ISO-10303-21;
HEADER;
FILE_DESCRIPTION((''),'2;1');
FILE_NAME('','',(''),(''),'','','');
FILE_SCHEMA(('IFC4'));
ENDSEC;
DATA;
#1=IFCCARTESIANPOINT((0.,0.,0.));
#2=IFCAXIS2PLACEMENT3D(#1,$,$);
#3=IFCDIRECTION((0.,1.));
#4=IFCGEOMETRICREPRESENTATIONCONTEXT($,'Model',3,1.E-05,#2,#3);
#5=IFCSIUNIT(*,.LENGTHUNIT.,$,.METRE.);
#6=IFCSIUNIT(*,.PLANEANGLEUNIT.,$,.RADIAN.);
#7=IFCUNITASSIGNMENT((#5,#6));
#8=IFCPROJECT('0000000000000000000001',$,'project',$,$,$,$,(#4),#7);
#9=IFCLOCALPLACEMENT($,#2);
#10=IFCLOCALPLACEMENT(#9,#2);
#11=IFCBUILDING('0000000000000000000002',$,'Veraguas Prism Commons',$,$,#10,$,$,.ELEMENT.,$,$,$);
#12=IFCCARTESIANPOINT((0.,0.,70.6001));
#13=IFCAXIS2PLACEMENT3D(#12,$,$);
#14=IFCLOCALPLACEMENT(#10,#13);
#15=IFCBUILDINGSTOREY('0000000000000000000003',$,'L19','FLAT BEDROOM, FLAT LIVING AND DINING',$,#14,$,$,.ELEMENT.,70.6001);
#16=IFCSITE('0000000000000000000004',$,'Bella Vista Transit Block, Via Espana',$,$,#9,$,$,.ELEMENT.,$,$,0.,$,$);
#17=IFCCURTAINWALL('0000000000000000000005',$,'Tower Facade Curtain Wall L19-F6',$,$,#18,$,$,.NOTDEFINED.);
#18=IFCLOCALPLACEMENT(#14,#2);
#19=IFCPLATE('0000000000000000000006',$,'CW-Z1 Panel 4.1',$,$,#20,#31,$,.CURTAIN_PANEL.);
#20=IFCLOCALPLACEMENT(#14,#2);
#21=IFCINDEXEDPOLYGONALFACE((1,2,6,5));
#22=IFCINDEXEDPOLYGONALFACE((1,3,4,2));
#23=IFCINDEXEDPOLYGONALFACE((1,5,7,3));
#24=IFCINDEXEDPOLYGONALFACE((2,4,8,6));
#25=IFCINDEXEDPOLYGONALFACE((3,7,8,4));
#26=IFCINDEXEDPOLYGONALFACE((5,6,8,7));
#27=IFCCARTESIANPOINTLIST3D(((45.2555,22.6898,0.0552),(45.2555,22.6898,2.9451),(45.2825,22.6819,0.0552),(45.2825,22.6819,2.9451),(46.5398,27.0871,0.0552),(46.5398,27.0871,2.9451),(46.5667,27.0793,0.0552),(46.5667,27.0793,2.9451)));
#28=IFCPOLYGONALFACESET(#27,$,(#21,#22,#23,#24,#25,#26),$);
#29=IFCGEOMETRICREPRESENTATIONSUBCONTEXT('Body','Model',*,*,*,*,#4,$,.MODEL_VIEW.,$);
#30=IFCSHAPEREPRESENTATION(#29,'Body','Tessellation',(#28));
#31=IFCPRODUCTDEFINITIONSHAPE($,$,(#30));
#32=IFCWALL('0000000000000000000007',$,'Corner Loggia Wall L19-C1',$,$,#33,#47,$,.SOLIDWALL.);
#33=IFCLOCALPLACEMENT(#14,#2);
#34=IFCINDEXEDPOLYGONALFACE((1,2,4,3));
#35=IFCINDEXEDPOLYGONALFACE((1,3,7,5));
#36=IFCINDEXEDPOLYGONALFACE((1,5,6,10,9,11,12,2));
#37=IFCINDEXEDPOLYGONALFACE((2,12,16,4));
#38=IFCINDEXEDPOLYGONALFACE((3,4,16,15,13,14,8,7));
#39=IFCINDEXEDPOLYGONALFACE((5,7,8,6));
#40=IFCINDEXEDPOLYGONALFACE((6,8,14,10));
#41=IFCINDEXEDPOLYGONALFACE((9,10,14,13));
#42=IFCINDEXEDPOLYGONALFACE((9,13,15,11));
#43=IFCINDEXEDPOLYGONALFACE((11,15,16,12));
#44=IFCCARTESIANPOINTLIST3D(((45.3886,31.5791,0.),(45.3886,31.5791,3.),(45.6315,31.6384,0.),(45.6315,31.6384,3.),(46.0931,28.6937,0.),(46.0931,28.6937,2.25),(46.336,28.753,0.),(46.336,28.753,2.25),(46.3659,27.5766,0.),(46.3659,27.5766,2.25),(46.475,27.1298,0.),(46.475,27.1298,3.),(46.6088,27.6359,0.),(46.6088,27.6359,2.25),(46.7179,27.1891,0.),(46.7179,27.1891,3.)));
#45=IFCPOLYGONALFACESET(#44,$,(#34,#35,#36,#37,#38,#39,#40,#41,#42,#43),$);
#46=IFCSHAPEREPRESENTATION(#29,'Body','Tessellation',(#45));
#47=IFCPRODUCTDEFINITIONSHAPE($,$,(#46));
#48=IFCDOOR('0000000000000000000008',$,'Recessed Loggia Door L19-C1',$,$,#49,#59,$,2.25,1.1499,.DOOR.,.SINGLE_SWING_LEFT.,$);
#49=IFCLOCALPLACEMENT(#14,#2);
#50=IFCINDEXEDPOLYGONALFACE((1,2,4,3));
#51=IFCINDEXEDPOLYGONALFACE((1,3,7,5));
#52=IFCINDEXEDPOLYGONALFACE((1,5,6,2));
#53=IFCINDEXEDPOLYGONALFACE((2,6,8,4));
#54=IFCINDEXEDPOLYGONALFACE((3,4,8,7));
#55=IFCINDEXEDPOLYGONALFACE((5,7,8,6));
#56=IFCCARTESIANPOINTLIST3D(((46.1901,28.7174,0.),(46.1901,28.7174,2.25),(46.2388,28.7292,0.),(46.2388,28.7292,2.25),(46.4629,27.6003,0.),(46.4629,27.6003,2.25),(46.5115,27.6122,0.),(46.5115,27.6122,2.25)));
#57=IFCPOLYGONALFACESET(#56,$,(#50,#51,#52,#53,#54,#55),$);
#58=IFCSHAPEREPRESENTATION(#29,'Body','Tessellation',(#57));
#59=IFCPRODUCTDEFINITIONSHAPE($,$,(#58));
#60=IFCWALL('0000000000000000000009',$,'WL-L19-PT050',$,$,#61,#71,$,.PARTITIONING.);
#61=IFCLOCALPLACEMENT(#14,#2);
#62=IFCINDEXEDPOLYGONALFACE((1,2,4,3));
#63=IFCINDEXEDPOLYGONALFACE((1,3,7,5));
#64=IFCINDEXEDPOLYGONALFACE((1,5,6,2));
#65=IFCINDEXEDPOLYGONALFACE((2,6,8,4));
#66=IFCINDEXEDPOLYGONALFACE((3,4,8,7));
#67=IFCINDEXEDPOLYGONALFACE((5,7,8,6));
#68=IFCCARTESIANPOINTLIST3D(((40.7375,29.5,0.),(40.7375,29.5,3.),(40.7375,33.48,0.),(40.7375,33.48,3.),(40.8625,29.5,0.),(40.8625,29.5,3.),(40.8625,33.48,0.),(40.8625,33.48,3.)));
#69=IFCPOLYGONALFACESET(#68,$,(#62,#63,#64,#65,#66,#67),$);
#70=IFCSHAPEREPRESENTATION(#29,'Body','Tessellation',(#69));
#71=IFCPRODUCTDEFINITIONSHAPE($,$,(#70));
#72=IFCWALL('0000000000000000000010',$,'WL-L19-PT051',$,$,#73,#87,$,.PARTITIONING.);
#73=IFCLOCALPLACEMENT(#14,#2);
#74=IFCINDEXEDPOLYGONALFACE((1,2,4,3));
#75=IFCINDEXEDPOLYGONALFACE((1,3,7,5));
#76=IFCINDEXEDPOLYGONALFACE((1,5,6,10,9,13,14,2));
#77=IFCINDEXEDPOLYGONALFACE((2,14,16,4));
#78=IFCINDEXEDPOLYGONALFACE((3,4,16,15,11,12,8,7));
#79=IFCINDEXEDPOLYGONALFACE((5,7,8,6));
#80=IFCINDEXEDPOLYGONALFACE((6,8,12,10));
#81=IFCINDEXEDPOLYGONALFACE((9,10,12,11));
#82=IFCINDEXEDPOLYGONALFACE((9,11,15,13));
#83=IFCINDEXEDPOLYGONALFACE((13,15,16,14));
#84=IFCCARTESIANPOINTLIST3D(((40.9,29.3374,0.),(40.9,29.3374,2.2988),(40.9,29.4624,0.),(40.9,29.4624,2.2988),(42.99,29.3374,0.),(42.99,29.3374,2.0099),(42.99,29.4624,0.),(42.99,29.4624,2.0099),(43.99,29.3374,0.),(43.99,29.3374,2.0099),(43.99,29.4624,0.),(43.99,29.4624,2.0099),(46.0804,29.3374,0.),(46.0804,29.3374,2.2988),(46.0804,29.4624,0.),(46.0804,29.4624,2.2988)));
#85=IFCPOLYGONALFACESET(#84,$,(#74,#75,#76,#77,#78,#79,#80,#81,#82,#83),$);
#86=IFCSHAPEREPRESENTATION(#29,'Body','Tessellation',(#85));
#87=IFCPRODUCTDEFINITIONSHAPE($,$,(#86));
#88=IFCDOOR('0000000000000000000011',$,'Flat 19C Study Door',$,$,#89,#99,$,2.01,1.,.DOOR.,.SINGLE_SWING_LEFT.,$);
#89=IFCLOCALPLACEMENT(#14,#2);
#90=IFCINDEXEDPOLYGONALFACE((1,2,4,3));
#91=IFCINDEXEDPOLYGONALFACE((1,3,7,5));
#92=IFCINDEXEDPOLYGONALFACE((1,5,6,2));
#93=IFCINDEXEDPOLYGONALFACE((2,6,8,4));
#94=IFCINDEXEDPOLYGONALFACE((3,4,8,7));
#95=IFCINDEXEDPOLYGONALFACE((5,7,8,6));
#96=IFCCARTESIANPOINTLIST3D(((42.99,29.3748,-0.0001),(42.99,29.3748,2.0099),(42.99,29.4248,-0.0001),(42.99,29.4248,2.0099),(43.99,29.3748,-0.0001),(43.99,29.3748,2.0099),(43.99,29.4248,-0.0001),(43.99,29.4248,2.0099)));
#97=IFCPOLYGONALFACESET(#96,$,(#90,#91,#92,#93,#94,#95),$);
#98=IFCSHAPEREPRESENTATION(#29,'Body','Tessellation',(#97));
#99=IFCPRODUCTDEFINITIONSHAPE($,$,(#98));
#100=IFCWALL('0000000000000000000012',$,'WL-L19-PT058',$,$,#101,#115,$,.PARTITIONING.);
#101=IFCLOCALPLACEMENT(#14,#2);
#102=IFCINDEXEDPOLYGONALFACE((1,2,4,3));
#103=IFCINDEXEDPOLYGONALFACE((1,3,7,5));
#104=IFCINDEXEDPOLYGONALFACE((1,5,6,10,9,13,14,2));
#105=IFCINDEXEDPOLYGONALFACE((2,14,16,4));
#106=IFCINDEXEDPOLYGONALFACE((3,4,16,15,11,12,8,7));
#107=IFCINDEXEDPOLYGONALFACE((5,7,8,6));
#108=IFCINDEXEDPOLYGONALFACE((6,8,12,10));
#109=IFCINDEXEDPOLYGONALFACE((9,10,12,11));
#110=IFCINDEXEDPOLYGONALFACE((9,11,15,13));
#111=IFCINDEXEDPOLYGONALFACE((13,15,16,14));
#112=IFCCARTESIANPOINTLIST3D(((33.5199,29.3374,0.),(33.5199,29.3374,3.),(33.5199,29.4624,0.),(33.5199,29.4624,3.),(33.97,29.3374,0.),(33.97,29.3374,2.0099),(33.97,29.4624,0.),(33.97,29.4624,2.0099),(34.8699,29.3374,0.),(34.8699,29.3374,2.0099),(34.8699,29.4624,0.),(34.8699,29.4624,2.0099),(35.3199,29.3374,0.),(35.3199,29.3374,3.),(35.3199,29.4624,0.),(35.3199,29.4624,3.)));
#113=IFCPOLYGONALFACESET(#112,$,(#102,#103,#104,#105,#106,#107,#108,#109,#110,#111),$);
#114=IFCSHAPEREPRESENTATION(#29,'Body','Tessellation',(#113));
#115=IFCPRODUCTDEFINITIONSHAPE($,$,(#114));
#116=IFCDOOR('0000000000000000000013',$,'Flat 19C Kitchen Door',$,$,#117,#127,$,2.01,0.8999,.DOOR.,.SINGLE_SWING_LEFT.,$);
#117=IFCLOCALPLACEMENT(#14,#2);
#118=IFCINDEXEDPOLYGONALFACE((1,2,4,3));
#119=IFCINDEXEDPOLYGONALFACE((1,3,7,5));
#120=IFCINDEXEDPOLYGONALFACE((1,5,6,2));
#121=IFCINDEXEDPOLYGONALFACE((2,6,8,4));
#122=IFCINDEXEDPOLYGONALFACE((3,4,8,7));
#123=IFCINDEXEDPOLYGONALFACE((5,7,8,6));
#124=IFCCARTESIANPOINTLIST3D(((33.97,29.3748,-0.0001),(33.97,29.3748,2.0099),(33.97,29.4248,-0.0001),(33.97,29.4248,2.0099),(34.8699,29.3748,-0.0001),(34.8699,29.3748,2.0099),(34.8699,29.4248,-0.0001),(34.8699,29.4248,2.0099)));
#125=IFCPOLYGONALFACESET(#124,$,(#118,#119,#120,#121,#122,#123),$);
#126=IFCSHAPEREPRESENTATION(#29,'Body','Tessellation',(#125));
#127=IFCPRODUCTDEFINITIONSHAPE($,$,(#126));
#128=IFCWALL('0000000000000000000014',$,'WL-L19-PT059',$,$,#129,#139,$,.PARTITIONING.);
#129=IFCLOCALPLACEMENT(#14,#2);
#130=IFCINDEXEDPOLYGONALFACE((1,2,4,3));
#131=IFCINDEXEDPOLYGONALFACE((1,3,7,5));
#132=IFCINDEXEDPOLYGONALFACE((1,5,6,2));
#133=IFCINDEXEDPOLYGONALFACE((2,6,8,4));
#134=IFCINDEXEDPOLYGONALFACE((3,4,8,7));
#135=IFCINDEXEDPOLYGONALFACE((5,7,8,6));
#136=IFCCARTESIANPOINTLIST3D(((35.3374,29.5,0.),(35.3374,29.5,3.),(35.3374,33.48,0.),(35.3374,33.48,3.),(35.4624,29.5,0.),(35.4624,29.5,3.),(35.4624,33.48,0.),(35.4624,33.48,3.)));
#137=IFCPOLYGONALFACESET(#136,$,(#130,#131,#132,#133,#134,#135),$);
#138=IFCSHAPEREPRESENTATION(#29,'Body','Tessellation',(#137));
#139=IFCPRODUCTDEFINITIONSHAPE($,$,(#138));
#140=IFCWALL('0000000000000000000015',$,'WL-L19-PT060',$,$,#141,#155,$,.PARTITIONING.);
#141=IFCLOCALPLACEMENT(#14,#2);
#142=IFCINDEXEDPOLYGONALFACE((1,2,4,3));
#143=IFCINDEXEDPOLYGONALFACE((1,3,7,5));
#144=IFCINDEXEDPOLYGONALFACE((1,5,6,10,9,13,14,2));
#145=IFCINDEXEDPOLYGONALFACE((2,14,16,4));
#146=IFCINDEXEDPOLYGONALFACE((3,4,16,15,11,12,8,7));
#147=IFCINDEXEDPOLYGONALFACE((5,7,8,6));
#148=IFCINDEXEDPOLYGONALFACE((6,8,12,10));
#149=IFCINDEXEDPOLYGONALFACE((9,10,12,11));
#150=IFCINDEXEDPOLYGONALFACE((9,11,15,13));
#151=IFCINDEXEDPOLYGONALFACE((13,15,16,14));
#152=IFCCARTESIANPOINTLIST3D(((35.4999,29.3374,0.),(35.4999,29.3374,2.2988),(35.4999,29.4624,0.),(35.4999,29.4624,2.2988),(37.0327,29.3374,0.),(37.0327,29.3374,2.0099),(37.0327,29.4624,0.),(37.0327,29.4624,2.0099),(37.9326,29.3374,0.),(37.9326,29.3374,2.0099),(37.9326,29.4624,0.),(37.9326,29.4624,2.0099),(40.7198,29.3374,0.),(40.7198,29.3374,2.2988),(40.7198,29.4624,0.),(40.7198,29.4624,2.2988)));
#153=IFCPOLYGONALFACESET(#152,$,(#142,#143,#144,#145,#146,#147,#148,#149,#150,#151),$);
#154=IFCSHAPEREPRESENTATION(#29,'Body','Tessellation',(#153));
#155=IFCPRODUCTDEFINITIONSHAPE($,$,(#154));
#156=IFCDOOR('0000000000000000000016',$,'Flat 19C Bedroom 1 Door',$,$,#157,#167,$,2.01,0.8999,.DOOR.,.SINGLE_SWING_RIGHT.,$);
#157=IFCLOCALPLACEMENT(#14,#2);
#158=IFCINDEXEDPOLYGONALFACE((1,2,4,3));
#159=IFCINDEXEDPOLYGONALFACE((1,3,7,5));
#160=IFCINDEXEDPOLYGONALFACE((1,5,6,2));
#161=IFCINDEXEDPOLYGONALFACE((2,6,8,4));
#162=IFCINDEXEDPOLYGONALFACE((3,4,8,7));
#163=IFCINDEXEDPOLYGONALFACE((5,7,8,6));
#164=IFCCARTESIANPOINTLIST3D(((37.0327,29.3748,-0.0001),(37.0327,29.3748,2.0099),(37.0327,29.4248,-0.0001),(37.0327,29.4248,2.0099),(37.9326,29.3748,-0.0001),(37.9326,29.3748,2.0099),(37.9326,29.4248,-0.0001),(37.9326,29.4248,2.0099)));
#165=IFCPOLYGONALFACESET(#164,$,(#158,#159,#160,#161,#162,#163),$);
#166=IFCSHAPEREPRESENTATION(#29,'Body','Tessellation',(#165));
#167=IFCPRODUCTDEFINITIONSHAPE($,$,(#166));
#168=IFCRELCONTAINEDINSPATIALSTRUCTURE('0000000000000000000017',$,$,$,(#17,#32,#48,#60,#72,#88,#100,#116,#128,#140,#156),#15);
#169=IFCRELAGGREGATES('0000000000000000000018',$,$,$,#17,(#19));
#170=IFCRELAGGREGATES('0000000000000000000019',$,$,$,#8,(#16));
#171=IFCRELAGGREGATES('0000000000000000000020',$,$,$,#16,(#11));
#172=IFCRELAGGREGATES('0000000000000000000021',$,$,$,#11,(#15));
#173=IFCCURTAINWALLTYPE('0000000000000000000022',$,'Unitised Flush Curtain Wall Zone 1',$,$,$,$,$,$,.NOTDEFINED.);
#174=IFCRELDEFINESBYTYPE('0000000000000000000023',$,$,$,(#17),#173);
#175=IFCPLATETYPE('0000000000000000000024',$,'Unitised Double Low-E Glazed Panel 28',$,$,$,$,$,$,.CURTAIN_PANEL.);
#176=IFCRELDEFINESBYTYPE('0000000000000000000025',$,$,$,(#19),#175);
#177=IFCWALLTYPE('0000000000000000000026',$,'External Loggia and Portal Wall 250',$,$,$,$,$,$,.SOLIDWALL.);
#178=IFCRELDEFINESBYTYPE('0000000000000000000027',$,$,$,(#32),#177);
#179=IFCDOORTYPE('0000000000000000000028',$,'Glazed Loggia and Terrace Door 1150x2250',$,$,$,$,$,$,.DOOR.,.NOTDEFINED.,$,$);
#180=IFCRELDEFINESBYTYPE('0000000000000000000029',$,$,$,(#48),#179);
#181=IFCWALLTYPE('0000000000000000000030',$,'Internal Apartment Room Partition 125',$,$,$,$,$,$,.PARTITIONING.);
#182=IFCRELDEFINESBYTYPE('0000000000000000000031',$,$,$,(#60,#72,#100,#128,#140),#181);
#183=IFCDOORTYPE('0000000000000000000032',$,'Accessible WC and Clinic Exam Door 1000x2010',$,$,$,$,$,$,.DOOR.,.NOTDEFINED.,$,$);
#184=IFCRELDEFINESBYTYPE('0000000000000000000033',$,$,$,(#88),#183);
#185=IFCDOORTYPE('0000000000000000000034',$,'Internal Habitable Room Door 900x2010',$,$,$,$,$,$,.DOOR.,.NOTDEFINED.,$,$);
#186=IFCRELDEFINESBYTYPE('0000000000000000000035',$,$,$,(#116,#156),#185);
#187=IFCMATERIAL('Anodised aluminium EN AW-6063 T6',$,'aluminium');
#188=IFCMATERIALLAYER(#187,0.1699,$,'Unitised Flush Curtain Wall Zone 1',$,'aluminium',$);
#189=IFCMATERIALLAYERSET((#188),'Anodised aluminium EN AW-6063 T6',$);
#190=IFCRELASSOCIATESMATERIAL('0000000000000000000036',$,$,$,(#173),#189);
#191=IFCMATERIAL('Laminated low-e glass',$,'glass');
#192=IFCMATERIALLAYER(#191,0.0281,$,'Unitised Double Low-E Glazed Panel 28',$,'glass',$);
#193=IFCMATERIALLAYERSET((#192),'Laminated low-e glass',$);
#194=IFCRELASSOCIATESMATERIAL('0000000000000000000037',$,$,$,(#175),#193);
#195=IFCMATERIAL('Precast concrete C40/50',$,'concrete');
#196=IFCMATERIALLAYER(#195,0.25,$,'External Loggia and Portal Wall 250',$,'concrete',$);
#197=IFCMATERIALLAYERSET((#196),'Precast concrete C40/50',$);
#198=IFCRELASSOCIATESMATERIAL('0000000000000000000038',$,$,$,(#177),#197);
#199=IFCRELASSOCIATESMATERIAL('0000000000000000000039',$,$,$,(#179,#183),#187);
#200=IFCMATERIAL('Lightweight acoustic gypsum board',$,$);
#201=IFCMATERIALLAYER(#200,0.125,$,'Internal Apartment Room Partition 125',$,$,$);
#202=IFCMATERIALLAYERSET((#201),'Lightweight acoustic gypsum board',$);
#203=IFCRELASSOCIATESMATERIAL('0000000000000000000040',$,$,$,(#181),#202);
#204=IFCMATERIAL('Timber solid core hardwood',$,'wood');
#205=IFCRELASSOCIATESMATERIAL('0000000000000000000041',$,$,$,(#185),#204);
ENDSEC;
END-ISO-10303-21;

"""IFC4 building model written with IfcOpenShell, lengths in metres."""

from ifc_helpers import new_model, si_unit, direction, frame, frame_2d, origin, origin_2d, place, context, subcontext, project, spatial, rectangle, extrude, source, transform, mapped, material, layer, layer_set, type_object, element, fill, aggregate, save


model = new_model("IFC4")

# Units and contexts
model_context = context("Model", 3, precision=1e-05, world=origin(), true_north=direction((0.0, 1.0)))
body_context = subcontext(model_context, "Body", "Model", "MODEL_VIEW")
ifc_project = project(units=[si_unit("LENGTHUNIT", "METRE"), si_unit("PLANEANGLEUNIT", "RADIAN")], contexts=[model_context])

# Site, building, storey
site_placement = place(None, origin())
site = spatial("IfcSite", under=ifc_project, at=site_placement, Name="Bella Vista Transit Block, Via Espana", CompositionType="ELEMENT", RefElevation=0.0)
building_placement = place(site_placement, origin())
building = spatial("IfcBuilding", under=site, at=building_placement, Name="Veraguas Prism Commons", CompositionType="ELEMENT")
storey_placement = place(building_placement, frame((0.0, 0.0, 70.6001)))
storey = spatial("IfcBuildingStorey", under=building, at=storey_placement, Name="L19", Description="FLAT BEDROOM, FLAT LIVING AND DINING", CompositionType="ELEMENT", Elevation=70.6001)

# Shared definitions
ifc_material_1 = material(Name="Anodised aluminium EN AW-6063 T6", Category="aluminium")
ifc_layer_1 = layer(ifc_material_1, 0.1699, Name="Unitised Flush Curtain Wall Zone 1", Category="aluminium")
ifc_layer_set_1 = layer_set([ifc_layer_1], Name="Anodised aluminium EN AW-6063 T6")
curtain_wall_type = type_object("IfcCurtainWallType", Name="Unitised Flush Curtain Wall Zone 1", PredefinedType="NOTDEFINED", material=ifc_layer_set_1)

# Curtain wall, plate
curtain_wall_1_placement = place(storey_placement, origin())
curtain_wall_1 = element("IfcCurtainWall", 1, at=curtain_wall_1_placement, inside=storey, type_object=curtain_wall_type, Name="Tower Facade Curtain Wall L19-F6", PredefinedType="NOTDEFINED")
ifc_material_2 = material(Name="Laminated low-e glass", Category="glass")
ifc_layer_2 = layer(ifc_material_2, 0.0281, Name="Unitised Double Low-E Glazed Panel 28", Category="glass")
ifc_layer_set_2 = layer_set([ifc_layer_2], Name="Laminated low-e glass")
plate_type = type_object("IfcPlateType", Name="Unitised Double Low-E Glazed Panel 28", PredefinedType="CURTAIN_PANEL", material=ifc_layer_set_2)
shared_shape_1 = source(origin(), body_context, "Body", "SweptSolid", [
    extrude(rectangle(XDim=4.5811, YDim=0.0281, at=origin_2d()), origin(), (0.0, 0.0, 1.0), 2.8899),
])
plate_placement = place(storey_placement, frame((45.9111, 24.8845, 0.0552), z_axis=(0.0, 0.0, 1.0), x_axis=(0.280333, 0.959903, 0.0)))
plate = element("IfcPlate", 2, at=plate_placement, type_object=plate_type, Name="CW-Z1 Panel 4.1", PredefinedType="CURTAIN_PANEL", context=body_context, shape_type="MappedRepresentation", body=[
    mapped(shared_shape_1, transform((0.0, 0.0, 0.0), scale=1.0)),
])
aggregate(curtain_wall_1, [plate])

# Wall, opening, door
ifc_material_3 = material(Name="Precast concrete C40/50", Category="concrete")
ifc_layer_3 = layer(ifc_material_3, 0.25, Name="External Loggia and Portal Wall 250", Category="concrete")
ifc_layer_set_3 = layer_set([ifc_layer_3], Name="Precast concrete C40/50")
wall_type_1 = type_object("IfcWallType", Name="External Loggia and Portal Wall 250", PredefinedType="SOLIDWALL", material=ifc_layer_set_3)
wall_1_placement = place(storey_placement, frame((46.5964, 27.1594, 0.0), z_axis=(0.0, 0.0, 1.0), x_axis=(-0.237202, 0.97146, 0.0)))
wall_1 = element("IfcWall", 3, at=wall_1_placement, inside=storey, type_object=wall_type_1, Name="Corner Loggia Wall L19-C1", PredefinedType="SOLIDWALL", context=body_context, shape_type="SweptSolid", body=[
    extrude(rectangle(XDim=4.5801, YDim=0.25, at=frame_2d((2.29, 0.0))), origin(), (0.0, 0.0, 1.0), 3.0),
])
opening_1_placement = place(wall_1_placement, frame((0.46, 0.0, 0.0)))
opening_1 = element("IfcOpeningElement", 4, at=opening_1_placement, cuts=wall_1, PredefinedType="OPENING", context=body_context, shape_type="SweptSolid", body=[
    extrude(rectangle(XDim=1.1499, YDim=2.25, at=frame_2d((0.575, 1.125))), frame((0.0, 0.135, 0.0), z_axis=(0.0, -1.0, 0.0), x_axis=(1.0, 0.0, 0.0)), (0.0, 0.0, 1.0), 0.27),
])
door_type_1 = type_object("IfcDoorType", Name="Glazed Loggia and Terrace Door 1150x2250", OperationType="NOTDEFINED", PredefinedType="DOOR", material=ifc_material_1)
shared_shape_2 = source(origin(), body_context, "Body", "SweptSolid", [
    extrude(rectangle(XDim=1.1499, YDim=2.25, at=frame_2d((0.575, 1.125))), frame((0.0, 0.0249, 0.0), z_axis=(0.0, -1.0, 0.0), x_axis=(1.0, 0.0, 0.0)), (0.0, 0.0, 1.0), 0.05),
])
door_1_placement = place(opening_1_placement, frame((1.1499, 0.0, 0.0), z_axis=(0.0, 0.0, 1.0), x_axis=(-1.0, 0.0, 0.0)))
door_1 = element("IfcDoor", 5, at=door_1_placement, inside=storey, type_object=door_type_1, Name="Recessed Loggia Door L19-C1", OperationType="SINGLE_SWING_LEFT", OverallHeight=2.25, OverallWidth=1.1499, PredefinedType="DOOR", context=body_context, shape_type="MappedRepresentation", body=[
    mapped(shared_shape_2, transform((0.0, 0.0, 0.0), scale=1.0)),
])
fill(opening_1, door_1)

# Wall
ifc_material_4 = material(Name="Lightweight acoustic gypsum board")
ifc_layer_4 = layer(ifc_material_4, 0.125, Name="Internal Apartment Room Partition 125")
ifc_layer_set_4 = layer_set([ifc_layer_4], Name="Lightweight acoustic gypsum board")
wall_type_2 = type_object("IfcWallType", Name="Internal Apartment Room Partition 125", PredefinedType="PARTITIONING", material=ifc_layer_set_4)
wall_2_placement = place(storey_placement, frame((40.8, 29.5, 0.0), z_axis=(0.0, 0.0, 1.0), x_axis=(0.0, 1.0, 0.0)))
element("IfcWall", 6, at=wall_2_placement, inside=storey, type_object=wall_type_2, Name="WL-L19-PT050", PredefinedType="PARTITIONING", context=body_context, shape_type="SweptSolid", body=[
    extrude(rectangle(XDim=3.98, YDim=0.125, at=frame_2d((1.99, 0.0))), origin(), (0.0, 0.0, 1.0), 3.0),
])

# Walls, openings, doors
wall_3_placement = place(storey_placement, frame((40.8999, 29.3999, 0.0), z_axis=(0.0, 0.0, 1.0), x_axis=(1.0, 0.0, 0.0)))
wall_3 = element("IfcWall", 7, at=wall_3_placement, inside=storey, type_object=wall_type_2, Name="WL-L19-PT051", PredefinedType="PARTITIONING", context=body_context, shape_type="SweptSolid", body=[
    extrude(rectangle(XDim=5.1804, YDim=0.125, at=frame_2d((2.5903, 0.0))), origin(), (0.0, 0.0, 1.0), 2.2988),
])
opening_2_placement = place(wall_3_placement, frame((2.0901, 0.0, 0.0)))
opening_2 = element("IfcOpeningElement", 8, at=opening_2_placement, cuts=wall_3, PredefinedType="OPENING", context=body_context, shape_type="SweptSolid", body=[
    extrude(rectangle(XDim=1.0, YDim=2.01, at=frame_2d((0.5, 1.0049))), frame((0.0, 0.0725, 0.0), z_axis=(0.0, -1.0, 0.0), x_axis=(1.0, 0.0, 0.0)), (0.0, 0.0, 1.0), 0.145),
])
door_type_2 = type_object("IfcDoorType", Name="Accessible WC and Clinic Exam Door 1000x2010", OperationType="NOTDEFINED", PredefinedType="DOOR", material=ifc_material_1)
shared_shape_3 = source(origin(), body_context, "Body", "SweptSolid", [
    extrude(rectangle(XDim=1.0, YDim=2.01, at=frame_2d((0.5, 1.0049))), frame((0.0, 0.0249, 0.0), z_axis=(0.0, -1.0, 0.0), x_axis=(1.0, 0.0, 0.0)), (0.0, 0.0, 1.0), 0.05),
])
door_2_placement = place(opening_2_placement, origin())
door_2 = element("IfcDoor", 9, at=door_2_placement, inside=storey, type_object=door_type_2, Name="Flat 19C Study Door", OperationType="SINGLE_SWING_LEFT", OverallHeight=2.01, OverallWidth=1.0, PredefinedType="DOOR", context=body_context, shape_type="MappedRepresentation", body=[
    mapped(shared_shape_3, transform((0.0, 0.0, 0.0), scale=1.0)),
])
fill(opening_2, door_2)
wall_4_placement = place(storey_placement, frame((33.52, 29.3999, 0.0), z_axis=(0.0, 0.0, 1.0), x_axis=(1.0, 0.0, 0.0)))
wall_4 = element("IfcWall", 10, at=wall_4_placement, inside=storey, type_object=wall_type_2, Name="WL-L19-PT058", PredefinedType="PARTITIONING", context=body_context, shape_type="SweptSolid", body=[
    extrude(rectangle(XDim=1.8, YDim=0.125, at=frame_2d((0.8999, 0.0))), origin(), (0.0, 0.0, 1.0), 3.0),
])
opening_3_placement = place(wall_4_placement, frame((0.45, 0.0, 0.0)))
opening_3 = element("IfcOpeningElement", 11, at=opening_3_placement, cuts=wall_4, PredefinedType="OPENING", context=body_context, shape_type="SweptSolid", body=[
    extrude(rectangle(XDim=0.8999, YDim=2.01, at=frame_2d((0.45, 1.0049))), frame((0.0, 0.0725, 0.0), z_axis=(0.0, -1.0, 0.0), x_axis=(1.0, 0.0, 0.0)), (0.0, 0.0, 1.0), 0.145),
])
ifc_material_5 = material(Name="Timber solid core hardwood", Category="wood")
door_type_3 = type_object("IfcDoorType", Name="Internal Habitable Room Door 900x2010", OperationType="NOTDEFINED", PredefinedType="DOOR", material=ifc_material_5)
shared_shape_4 = source(origin(), body_context, "Body", "SweptSolid", [
    extrude(rectangle(XDim=0.8999, YDim=2.01, at=frame_2d((0.45, 1.0049))), frame((0.0, 0.0249, 0.0), z_axis=(0.0, -1.0, 0.0), x_axis=(1.0, 0.0, 0.0)), (0.0, 0.0, 1.0), 0.05),
])
door_3_placement = place(opening_3_placement, origin())
door_3 = element("IfcDoor", 12, at=door_3_placement, inside=storey, type_object=door_type_3, Name="Flat 19C Kitchen Door", OperationType="SINGLE_SWING_LEFT", OverallHeight=2.01, OverallWidth=0.8999, PredefinedType="DOOR", context=body_context, shape_type="MappedRepresentation", body=[
    mapped(shared_shape_4, transform((0.0, 0.0, 0.0), scale=1.0)),
])
fill(opening_3, door_3)

# Wall
wall_5_placement = place(storey_placement, frame((35.3999, 29.5, 0.0), z_axis=(0.0, 0.0, 1.0), x_axis=(0.0, 1.0, 0.0)))
element("IfcWall", 13, at=wall_5_placement, inside=storey, type_object=wall_type_2, Name="WL-L19-PT059", PredefinedType="PARTITIONING", context=body_context, shape_type="SweptSolid", body=[
    extrude(rectangle(XDim=3.98, YDim=0.125, at=frame_2d((1.99, 0.0))), origin(), (0.0, 0.0, 1.0), 3.0),
])

# Wall, opening, door
wall_6_placement = place(storey_placement, frame((35.5, 29.3999, 0.0), z_axis=(0.0, 0.0, 1.0), x_axis=(1.0, 0.0, 0.0)))
wall_6 = element("IfcWall", 14, at=wall_6_placement, inside=storey, type_object=wall_type_2, Name="WL-L19-PT060", PredefinedType="PARTITIONING", context=body_context, shape_type="SweptSolid", body=[
    extrude(rectangle(XDim=5.22, YDim=0.125, at=frame_2d((2.6099, 0.0))), origin(), (0.0, 0.0, 1.0), 2.2988),
])
opening_4_placement = place(wall_6_placement, frame((1.5327, 0.0, 0.0)))
opening_4 = element("IfcOpeningElement", 15, at=opening_4_placement, cuts=wall_6, PredefinedType="OPENING", context=body_context, shape_type="SweptSolid", body=[
    extrude(rectangle(XDim=0.8999, YDim=2.01, at=frame_2d((0.45, 1.0049))), frame((0.0, 0.0725, 0.0), z_axis=(0.0, -1.0, 0.0), x_axis=(1.0, 0.0, 0.0)), (0.0, 0.0, 1.0), 0.145),
])
door_4_placement = place(opening_4_placement, origin())
door_4 = element("IfcDoor", 16, at=door_4_placement, inside=storey, type_object=door_type_3, Name="Flat 19C Bedroom 1 Door", OperationType="SINGLE_SWING_RIGHT", OverallHeight=2.01, OverallWidth=0.8999, PredefinedType="DOOR", context=body_context, shape_type="MappedRepresentation", body=[
    mapped(shared_shape_4, transform((0.0, 0.0, 0.0), scale=1.0)),
])
fill(opening_4, door_4)

save(model, "model.ifc")
